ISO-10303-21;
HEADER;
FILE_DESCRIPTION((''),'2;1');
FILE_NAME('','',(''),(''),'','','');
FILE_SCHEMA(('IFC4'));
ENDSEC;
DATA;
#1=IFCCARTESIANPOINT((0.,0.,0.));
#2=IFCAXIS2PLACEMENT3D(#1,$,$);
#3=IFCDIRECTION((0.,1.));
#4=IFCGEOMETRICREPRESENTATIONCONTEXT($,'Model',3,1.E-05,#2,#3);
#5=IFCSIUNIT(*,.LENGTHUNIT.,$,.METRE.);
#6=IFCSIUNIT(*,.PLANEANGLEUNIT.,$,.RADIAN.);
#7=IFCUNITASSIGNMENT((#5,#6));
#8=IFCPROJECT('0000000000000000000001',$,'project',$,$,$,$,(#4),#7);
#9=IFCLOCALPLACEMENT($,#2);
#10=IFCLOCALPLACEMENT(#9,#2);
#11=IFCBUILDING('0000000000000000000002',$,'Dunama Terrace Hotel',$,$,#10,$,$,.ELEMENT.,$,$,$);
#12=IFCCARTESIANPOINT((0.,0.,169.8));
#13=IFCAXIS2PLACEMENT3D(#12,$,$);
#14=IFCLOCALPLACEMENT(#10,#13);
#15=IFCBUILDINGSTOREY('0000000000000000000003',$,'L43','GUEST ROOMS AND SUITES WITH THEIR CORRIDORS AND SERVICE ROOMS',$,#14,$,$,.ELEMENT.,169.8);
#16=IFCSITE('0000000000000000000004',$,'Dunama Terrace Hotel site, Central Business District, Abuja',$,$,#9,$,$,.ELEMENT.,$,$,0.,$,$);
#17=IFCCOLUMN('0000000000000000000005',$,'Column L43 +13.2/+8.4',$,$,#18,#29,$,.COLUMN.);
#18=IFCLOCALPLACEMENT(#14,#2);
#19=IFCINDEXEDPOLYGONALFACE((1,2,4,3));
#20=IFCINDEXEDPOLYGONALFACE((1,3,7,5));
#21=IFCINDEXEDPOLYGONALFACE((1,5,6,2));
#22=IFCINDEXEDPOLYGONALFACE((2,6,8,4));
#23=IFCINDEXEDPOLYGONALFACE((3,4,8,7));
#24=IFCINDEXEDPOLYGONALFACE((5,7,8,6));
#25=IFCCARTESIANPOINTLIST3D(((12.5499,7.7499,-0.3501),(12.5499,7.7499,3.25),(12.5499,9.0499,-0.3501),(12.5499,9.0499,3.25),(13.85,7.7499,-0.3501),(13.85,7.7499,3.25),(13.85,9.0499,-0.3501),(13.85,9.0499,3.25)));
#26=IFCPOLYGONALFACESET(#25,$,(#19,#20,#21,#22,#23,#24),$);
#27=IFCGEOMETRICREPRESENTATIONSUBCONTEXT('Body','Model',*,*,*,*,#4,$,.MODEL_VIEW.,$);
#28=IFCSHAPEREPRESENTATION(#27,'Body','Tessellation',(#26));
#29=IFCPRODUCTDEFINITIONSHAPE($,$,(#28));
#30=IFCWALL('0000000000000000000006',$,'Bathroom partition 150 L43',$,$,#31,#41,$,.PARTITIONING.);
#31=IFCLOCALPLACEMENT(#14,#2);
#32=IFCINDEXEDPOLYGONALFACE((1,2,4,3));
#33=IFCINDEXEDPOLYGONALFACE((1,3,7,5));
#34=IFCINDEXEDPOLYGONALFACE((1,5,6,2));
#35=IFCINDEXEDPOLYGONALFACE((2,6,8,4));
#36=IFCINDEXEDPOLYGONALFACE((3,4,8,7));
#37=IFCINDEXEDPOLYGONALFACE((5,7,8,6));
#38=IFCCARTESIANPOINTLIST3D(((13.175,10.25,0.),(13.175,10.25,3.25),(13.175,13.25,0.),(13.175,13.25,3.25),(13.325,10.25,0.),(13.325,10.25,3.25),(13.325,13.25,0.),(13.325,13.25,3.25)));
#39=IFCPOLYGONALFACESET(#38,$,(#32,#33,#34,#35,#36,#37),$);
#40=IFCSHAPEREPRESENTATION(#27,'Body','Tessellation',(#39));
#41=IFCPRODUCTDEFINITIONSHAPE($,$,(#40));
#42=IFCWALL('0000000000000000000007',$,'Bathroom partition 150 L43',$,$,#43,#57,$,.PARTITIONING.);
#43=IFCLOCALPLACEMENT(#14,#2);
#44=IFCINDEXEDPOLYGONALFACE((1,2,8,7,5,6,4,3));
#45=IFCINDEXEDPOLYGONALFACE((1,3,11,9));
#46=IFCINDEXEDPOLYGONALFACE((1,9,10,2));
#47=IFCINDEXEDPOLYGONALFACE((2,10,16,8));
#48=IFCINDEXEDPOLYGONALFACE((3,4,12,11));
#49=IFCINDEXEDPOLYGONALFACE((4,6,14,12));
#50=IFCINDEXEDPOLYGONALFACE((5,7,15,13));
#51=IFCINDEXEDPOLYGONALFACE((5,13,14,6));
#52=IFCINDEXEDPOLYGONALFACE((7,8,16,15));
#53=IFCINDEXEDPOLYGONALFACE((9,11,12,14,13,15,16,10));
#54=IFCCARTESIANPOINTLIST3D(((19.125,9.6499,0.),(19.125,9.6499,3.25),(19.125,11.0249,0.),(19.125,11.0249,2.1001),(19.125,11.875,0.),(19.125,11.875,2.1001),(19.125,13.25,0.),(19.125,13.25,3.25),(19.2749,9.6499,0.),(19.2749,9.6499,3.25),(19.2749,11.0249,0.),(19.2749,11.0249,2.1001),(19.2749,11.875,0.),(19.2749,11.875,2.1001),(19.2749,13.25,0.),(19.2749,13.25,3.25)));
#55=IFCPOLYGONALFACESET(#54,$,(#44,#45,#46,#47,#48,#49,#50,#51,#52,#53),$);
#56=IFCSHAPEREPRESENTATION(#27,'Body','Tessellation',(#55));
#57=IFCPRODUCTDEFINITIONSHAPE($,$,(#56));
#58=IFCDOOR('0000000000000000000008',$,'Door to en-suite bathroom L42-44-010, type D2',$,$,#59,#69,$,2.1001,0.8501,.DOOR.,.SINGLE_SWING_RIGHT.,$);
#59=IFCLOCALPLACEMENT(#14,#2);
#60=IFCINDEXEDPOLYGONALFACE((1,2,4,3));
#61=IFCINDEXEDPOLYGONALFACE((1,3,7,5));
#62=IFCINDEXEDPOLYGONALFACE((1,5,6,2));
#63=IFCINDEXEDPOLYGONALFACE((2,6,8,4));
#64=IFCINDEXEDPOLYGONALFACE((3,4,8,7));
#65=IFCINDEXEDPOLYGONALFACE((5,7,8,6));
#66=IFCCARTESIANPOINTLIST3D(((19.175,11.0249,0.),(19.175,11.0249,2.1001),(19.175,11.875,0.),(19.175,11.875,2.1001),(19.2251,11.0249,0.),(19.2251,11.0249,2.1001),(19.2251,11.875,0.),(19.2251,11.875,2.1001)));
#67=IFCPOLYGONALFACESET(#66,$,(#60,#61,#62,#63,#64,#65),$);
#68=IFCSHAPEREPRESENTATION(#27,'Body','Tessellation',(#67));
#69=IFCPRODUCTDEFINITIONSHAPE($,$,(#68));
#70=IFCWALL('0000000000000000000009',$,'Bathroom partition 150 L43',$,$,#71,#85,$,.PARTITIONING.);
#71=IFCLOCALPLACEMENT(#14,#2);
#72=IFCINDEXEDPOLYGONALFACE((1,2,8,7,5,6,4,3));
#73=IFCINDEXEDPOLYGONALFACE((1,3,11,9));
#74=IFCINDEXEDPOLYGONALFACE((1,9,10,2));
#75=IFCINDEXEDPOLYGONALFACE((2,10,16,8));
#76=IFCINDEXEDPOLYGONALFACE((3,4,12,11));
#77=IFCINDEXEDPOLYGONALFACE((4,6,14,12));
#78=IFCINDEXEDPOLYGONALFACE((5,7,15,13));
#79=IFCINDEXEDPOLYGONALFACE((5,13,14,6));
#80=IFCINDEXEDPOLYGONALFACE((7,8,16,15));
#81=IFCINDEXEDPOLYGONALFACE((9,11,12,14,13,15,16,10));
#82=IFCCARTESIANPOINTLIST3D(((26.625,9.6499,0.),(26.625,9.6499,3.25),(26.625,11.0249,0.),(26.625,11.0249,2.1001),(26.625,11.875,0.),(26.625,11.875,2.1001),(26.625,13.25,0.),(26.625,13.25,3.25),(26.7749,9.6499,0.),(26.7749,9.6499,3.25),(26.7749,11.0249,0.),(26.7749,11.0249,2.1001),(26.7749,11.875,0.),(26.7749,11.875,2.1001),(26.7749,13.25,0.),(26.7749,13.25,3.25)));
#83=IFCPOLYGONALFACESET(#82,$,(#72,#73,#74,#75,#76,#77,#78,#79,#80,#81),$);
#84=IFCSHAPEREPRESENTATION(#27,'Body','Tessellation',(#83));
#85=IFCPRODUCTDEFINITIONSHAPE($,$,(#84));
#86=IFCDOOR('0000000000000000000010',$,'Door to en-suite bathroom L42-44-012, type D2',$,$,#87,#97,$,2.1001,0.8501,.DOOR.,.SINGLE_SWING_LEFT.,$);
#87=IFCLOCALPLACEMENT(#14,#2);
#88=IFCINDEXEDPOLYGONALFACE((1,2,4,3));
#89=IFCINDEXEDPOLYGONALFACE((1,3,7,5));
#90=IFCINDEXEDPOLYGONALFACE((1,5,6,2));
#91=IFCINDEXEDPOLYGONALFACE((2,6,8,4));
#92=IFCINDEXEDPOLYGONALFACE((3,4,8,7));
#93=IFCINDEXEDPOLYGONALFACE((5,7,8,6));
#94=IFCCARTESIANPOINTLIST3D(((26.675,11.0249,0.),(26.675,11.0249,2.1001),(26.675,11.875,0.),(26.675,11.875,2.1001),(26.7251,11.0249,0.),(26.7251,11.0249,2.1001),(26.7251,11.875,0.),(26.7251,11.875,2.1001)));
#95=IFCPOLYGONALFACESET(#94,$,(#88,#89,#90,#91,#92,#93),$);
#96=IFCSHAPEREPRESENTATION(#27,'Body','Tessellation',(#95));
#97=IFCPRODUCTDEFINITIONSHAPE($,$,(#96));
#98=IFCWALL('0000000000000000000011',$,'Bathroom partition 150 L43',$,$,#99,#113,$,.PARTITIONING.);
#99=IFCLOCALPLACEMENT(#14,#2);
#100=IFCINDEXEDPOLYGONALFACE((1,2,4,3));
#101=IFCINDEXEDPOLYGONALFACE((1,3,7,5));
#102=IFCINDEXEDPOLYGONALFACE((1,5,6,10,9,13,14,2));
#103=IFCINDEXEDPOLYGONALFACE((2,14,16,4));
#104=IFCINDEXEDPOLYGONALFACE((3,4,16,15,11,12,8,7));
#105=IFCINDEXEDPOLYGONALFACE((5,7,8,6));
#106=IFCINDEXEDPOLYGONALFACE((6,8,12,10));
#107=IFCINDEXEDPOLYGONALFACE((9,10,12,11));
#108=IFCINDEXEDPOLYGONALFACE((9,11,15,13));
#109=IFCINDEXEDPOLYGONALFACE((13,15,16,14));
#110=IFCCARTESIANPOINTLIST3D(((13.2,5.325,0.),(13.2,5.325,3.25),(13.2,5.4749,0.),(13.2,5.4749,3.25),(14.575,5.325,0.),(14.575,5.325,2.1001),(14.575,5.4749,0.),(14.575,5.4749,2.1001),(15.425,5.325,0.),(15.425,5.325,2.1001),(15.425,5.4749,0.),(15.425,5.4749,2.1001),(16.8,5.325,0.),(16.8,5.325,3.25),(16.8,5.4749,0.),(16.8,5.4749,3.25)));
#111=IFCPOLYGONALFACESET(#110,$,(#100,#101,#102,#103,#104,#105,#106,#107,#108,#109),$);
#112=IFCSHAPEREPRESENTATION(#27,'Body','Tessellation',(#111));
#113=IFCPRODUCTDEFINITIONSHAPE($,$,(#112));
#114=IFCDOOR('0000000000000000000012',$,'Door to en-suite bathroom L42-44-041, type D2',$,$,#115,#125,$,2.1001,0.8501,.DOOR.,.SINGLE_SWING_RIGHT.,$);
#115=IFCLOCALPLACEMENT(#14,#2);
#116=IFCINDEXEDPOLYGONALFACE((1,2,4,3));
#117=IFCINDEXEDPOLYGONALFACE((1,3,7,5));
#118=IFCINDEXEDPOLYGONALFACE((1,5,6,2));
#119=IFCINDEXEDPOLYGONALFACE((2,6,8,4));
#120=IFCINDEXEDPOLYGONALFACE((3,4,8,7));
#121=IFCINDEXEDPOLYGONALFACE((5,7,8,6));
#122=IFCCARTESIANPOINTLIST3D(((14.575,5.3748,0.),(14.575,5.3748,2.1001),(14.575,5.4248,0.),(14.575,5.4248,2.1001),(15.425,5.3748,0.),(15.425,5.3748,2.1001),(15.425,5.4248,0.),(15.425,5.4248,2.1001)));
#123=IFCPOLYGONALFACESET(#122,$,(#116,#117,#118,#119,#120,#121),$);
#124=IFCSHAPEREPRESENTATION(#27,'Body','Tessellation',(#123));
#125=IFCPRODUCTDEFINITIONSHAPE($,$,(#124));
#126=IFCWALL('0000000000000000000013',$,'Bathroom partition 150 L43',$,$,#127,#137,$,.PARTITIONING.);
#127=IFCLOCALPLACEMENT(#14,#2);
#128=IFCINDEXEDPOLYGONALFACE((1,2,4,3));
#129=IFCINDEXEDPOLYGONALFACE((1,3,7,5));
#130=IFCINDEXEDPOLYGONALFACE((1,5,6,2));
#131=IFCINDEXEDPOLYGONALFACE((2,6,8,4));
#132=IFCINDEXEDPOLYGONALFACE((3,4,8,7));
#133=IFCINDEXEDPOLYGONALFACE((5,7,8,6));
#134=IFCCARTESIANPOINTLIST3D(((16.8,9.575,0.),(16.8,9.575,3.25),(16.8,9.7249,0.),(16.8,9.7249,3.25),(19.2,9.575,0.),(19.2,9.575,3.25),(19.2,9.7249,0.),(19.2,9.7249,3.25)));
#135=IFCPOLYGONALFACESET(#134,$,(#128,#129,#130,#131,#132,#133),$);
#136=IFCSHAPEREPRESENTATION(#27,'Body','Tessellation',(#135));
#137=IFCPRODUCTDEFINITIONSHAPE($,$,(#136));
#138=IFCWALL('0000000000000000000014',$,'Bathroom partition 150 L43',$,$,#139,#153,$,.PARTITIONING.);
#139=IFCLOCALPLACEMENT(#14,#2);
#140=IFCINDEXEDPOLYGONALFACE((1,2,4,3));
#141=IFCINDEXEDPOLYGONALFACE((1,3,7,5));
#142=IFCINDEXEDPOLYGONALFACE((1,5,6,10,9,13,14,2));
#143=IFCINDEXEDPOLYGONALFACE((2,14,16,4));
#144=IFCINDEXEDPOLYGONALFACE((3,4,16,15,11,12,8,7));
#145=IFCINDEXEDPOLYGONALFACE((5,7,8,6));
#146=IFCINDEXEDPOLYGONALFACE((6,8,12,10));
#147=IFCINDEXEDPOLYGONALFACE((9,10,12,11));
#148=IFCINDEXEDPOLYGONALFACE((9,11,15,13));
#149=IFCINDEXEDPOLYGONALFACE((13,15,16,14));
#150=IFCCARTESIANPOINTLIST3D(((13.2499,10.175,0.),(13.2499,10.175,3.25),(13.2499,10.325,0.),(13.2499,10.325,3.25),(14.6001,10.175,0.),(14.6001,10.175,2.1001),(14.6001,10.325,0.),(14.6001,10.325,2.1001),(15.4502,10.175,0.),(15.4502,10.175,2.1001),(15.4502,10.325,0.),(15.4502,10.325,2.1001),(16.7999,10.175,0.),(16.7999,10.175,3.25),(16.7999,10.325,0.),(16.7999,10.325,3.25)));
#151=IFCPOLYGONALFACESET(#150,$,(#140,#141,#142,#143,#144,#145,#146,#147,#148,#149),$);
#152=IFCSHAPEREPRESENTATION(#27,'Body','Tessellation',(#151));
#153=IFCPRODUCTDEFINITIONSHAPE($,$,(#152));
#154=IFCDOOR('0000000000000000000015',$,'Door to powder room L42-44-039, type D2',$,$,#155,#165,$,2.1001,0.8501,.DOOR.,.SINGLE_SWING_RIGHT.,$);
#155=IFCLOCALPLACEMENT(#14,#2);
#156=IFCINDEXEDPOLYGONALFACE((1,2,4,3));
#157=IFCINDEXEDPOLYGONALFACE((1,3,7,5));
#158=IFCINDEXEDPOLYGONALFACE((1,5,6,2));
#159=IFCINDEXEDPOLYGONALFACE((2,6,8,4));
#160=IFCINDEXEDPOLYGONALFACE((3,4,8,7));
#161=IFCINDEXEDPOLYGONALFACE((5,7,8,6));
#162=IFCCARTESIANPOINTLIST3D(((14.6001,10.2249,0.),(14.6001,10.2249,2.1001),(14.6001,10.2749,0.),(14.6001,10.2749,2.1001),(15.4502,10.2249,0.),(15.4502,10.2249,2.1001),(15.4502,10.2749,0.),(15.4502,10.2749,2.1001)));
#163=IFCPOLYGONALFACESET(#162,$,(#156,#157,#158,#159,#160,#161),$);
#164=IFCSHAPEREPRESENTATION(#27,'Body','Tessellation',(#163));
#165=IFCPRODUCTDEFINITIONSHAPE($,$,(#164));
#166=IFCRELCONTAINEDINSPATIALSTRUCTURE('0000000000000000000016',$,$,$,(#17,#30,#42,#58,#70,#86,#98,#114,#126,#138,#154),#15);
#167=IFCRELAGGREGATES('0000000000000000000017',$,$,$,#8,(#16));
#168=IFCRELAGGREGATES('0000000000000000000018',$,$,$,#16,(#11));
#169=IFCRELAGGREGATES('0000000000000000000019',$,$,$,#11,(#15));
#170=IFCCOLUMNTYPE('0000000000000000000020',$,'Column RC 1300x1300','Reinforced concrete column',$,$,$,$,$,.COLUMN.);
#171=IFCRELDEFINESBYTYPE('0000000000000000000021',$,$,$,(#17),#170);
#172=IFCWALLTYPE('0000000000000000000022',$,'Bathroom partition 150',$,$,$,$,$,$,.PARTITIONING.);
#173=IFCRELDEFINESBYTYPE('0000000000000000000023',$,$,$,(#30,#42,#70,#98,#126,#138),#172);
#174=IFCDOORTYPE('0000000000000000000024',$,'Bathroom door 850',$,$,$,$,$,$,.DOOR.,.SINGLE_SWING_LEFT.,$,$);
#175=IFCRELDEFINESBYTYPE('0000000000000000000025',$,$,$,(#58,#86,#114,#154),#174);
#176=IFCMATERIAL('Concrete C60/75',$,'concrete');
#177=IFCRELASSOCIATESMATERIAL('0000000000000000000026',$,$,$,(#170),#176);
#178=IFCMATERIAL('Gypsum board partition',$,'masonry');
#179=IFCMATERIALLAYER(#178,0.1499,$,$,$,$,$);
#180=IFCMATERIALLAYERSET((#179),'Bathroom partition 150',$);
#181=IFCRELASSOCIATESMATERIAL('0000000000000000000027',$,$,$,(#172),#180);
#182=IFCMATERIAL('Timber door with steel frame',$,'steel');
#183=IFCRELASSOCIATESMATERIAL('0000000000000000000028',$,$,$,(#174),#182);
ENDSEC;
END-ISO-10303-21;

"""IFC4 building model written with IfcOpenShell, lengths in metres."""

from ifc_helpers import new_model, si_unit, direction, frame, frame_2d, origin, origin_2d, place, context, subcontext, project, spatial, rectangle, extrude, material, layer, layer_set, material_profile, profile_set, type_object, element, fill, save


model = new_model("IFC4")

# Units and contexts
model_context = context("Model", 3, precision=1e-05, world=origin(), true_north=direction((0.0, 1.0)))
body_context = subcontext(model_context, "Body", "Model", "MODEL_VIEW")
ifc_project = project(units=[si_unit("LENGTHUNIT", "METRE"), si_unit("PLANEANGLEUNIT", "RADIAN")], contexts=[model_context])

# Site, building, storey
site_placement = place(None, origin())
site = spatial("IfcSite", under=ifc_project, at=site_placement, Name="Dunama Terrace Hotel site, Central Business District, Abuja", CompositionType="ELEMENT", RefElevation=0.0)
building_placement = place(site_placement, origin())
building = spatial("IfcBuilding", under=site, at=building_placement, Name="Dunama Terrace Hotel", CompositionType="ELEMENT")
storey_placement = place(building_placement, frame((0.0, 0.0, 169.8)))
storey = spatial("IfcBuildingStorey", under=building, at=storey_placement, Name="L43", Description="GUEST ROOMS AND SUITES WITH THEIR CORRIDORS AND SERVICE ROOMS", CompositionType="ELEMENT", Elevation=169.8)

# Column
ifc_material_1 = material(Name="Concrete C60/75", Category="concrete")
ifc_material_profile = material_profile(ifc_material_1, rectangle(XDim=1.3, YDim=1.3, at=origin_2d()), Name="RC 1300x1300")
ifc_profile_set = profile_set([ifc_material_profile], Name="Concrete C60/75")
column_type = type_object("IfcColumnType", Name="Column RC 1300x1300", Description="Reinforced concrete column", PredefinedType="COLUMN", material=ifc_profile_set)
column_placement = place(storey_placement, frame((13.2, 8.3999, -0.3501), z_axis=(0.0, 0.0, 1.0), x_axis=(1.0, 0.0, 0.0)))
element("IfcColumn", 1, at=column_placement, inside=storey, type_object=column_type, Name="Column L43 +13.2/+8.4", PredefinedType="COLUMN", context=body_context, shape_type="SweptSolid", body=[
    extrude(rectangle(XDim=1.3, YDim=1.3, at=origin_2d()), origin(), (0.0, 0.0, 1.0), 3.6001),
])

# Wall
ifc_material_2 = material(Name="Gypsum board partition", Category="masonry")
ifc_layer_1 = layer(ifc_material_2, 0.1499)
ifc_layer_set_1 = layer_set([ifc_layer_1], Name="Bathroom partition 150")
wall_type_1 = type_object("IfcWallType", Name="Bathroom partition 150", PredefinedType="PARTITIONING", material=ifc_layer_set_1)
wall_1_placement = place(storey_placement, frame((13.25, 10.25, 0.0), z_axis=(0.0, 0.0, 1.0), x_axis=(0.0, 1.0, 0.0)))
element("IfcWall", 2, at=wall_1_placement, inside=storey, type_object=wall_type_1, Name="Bathroom partition 150 L43", PredefinedType="PARTITIONING", context=body_context, shape_type="SweptSolid", body=[
    extrude(rectangle(XDim=3.0, YDim=0.1499, at=frame_2d((1.5, 0.0))), origin(), (0.0, 0.0, 1.0), 3.25),
])

# Walls, openings, doors
wall_2_placement = place(storey_placement, frame((19.2, 9.6499, 0.0), z_axis=(0.0, 0.0, 1.0), x_axis=(0.0, 1.0, 0.0)))
wall_2 = element("IfcWall", 3, at=wall_2_placement, inside=storey, type_object=wall_type_1, Name="Bathroom partition 150 L43", PredefinedType="PARTITIONING", context=body_context, shape_type="SweptSolid", body=[
    extrude(rectangle(XDim=3.6001, YDim=0.1499, at=frame_2d((1.8, 0.0))), origin(), (0.0, 0.0, 1.0), 3.25),
])
opening_1_placement = place(wall_2_placement, frame((1.375, 0.0, 0.0)))
opening_1 = element("IfcOpeningElement", 4, at=opening_1_placement, cuts=wall_2, PredefinedType="OPENING", context=body_context, shape_type="SweptSolid", body=[
    extrude(rectangle(XDim=0.8501, YDim=2.1001, at=frame_2d((0.425, 1.05))), frame((0.0, 0.085, 0.0), z_axis=(0.0, -1.0, 0.0), x_axis=(1.0, 0.0, 0.0)), (0.0, 0.0, 1.0), 0.1699),
])
ifc_material_3 = material(Name="Timber door with steel frame", Category="steel")
door_type_1 = type_object("IfcDoorType", Name="Bathroom door 850", OperationType="SINGLE_SWING_LEFT", PredefinedType="DOOR", material=ifc_material_3)
door_1_placement = place(opening_1_placement, origin())
door_1 = element("IfcDoor", 5, at=door_1_placement, inside=storey, type_object=door_type_1, Name="Door to en-suite bathroom L42-44-010, type D2", OperationType="SINGLE_SWING_RIGHT", OverallHeight=2.1001, OverallWidth=0.8501, PredefinedType="DOOR", context=body_context, shape_type="SweptSolid", body=[
    extrude(rectangle(XDim=0.8501, YDim=2.1001, at=frame_2d((0.425, 1.05))), frame((0.0, 0.0249, 0.0), z_axis=(0.0, -1.0, 0.0), x_axis=(1.0, 0.0, 0.0)), (0.0, 0.0, 1.0), 0.05),
])
fill(opening_1, door_1)
wall_3_placement = place(storey_placement, frame((26.7, 9.6499, 0.0), z_axis=(0.0, 0.0, 1.0), x_axis=(0.0, 1.0, 0.0)))
wall_3 = element("IfcWall", 6, at=wall_3_placement, inside=storey, type_object=wall_type_1, Name="Bathroom partition 150 L43", PredefinedType="PARTITIONING", context=body_context, shape_type="SweptSolid", body=[
    extrude(rectangle(XDim=3.6001, YDim=0.1499, at=frame_2d((1.8, 0.0))), origin(), (0.0, 0.0, 1.0), 3.25),
])
opening_2_placement = place(wall_3_placement, frame((1.375, 0.0, 0.0)))
opening_2 = element("IfcOpeningElement", 7, at=opening_2_placement, cuts=wall_3, PredefinedType="OPENING", context=body_context, shape_type="SweptSolid", body=[
    extrude(rectangle(XDim=0.8501, YDim=2.1001, at=frame_2d((0.425, 1.05))), frame((0.0, 0.085, 0.0), z_axis=(0.0, -1.0, 0.0), x_axis=(1.0, 0.0, 0.0)), (0.0, 0.0, 1.0), 0.1699),
])
door_2_placement = place(opening_2_placement, frame((0.8501, 0.0, 0.0), z_axis=(0.0, 0.0, 1.0), x_axis=(-1.0, 0.0, 0.0)))
door_2 = element("IfcDoor", 8, at=door_2_placement, inside=storey, type_object=door_type_1, Name="Door to en-suite bathroom L42-44-012, type D2", OperationType="SINGLE_SWING_LEFT", OverallHeight=2.1001, OverallWidth=0.8501, PredefinedType="DOOR", context=body_context, shape_type="SweptSolid", body=[
    extrude(rectangle(XDim=0.8501, YDim=2.1001, at=frame_2d((0.425, 1.05))), frame((0.0, 0.0251, 0.0), z_axis=(0.0, -1.0, 0.0), x_axis=(1.0, 0.0, 0.0)), (0.0, 0.0, 1.0), 0.05),
])
fill(opening_2, door_2)
wall_4_placement = place(storey_placement, frame((13.2, 5.3999, 0.0), z_axis=(0.0, 0.0, 1.0), x_axis=(1.0, 0.0, 0.0)))
wall_4 = element("IfcWall", 9, at=wall_4_placement, inside=storey, type_object=wall_type_1, Name="Bathroom partition 150 L43", PredefinedType="PARTITIONING", context=body_context, shape_type="SweptSolid", body=[
    extrude(rectangle(XDim=3.6001, YDim=0.1499, at=frame_2d((1.8, 0.0))), origin(), (0.0, 0.0, 1.0), 3.25),
])
opening_3_placement = place(wall_4_placement, frame((1.375, 0.0, 0.0)))
opening_3 = element("IfcOpeningElement", 10, at=opening_3_placement, cuts=wall_4, PredefinedType="OPENING", context=body_context, shape_type="SweptSolid", body=[
    extrude(rectangle(XDim=0.8501, YDim=2.1001, at=frame_2d((0.425, 1.05))), frame((0.0, 0.085, 0.0), z_axis=(0.0, -1.0, 0.0), x_axis=(1.0, 0.0, 0.0)), (0.0, 0.0, 1.0), 0.1699),
])
door_3_placement = place(opening_3_placement, origin())
door_3 = element("IfcDoor", 11, at=door_3_placement, inside=storey, type_object=door_type_1, Name="Door to en-suite bathroom L42-44-041, type D2", OperationType="SINGLE_SWING_RIGHT", OverallHeight=2.1001, OverallWidth=0.8501, PredefinedType="DOOR", context=body_context, shape_type="SweptSolid", body=[
    extrude(rectangle(XDim=0.8501, YDim=2.1001, at=frame_2d((0.425, 1.05))), frame((0.0, 0.0249, 0.0), z_axis=(0.0, -1.0, 0.0), x_axis=(1.0, 0.0, 0.0)), (0.0, 0.0, 1.0), 0.05),
])
fill(opening_3, door_3)

# Wall
wall_5_placement = place(storey_placement, frame((16.8, 9.6499, 0.0), z_axis=(0.0, 0.0, 1.0), x_axis=(1.0, 0.0, 0.0)))
element("IfcWall", 12, at=wall_5_placement, inside=storey, type_object=wall_type_1, Name="Bathroom partition 150 L43", PredefinedType="PARTITIONING", context=body_context, shape_type="SweptSolid", body=[
    extrude(rectangle(XDim=2.3999, YDim=0.1499, at=frame_2d((1.2, 0.0))), origin(), (0.0, 0.0, 1.0), 3.25),
])

# Wall, opening, door
wall_6_placement = place(storey_placement, frame((13.25, 10.25, 0.0), z_axis=(0.0, 0.0, 1.0), x_axis=(1.0, 0.0, 0.0)))
wall_6 = element("IfcWall", 13, at=wall_6_placement, inside=storey, type_object=wall_type_1, Name="Bathroom partition 150 L43", PredefinedType="PARTITIONING", context=body_context, shape_type="SweptSolid", body=[
    extrude(rectangle(XDim=3.55, YDim=0.1499, at=frame_2d((1.7749, 0.0))), origin(), (0.0, 0.0, 1.0), 3.25),
])
opening_4_placement = place(wall_6_placement, frame((1.3501, 0.0, 0.0)))
opening_4 = element("IfcOpeningElement", 14, at=opening_4_placement, cuts=wall_6, PredefinedType="OPENING", context=body_context, shape_type="SweptSolid", body=[
    extrude(rectangle(XDim=0.8501, YDim=2.1001, at=frame_2d((0.425, 1.05))), frame((0.0, 0.085, 0.0), z_axis=(0.0, -1.0, 0.0), x_axis=(1.0, 0.0, 0.0)), (0.0, 0.0, 1.0), 0.1699),
])
door_4_placement = place(opening_4_placement, origin())
door_4 = element("IfcDoor", 15, at=door_4_placement, inside=storey, type_object=door_type_1, Name="Door to powder room L42-44-039, type D2", OperationType="SINGLE_SWING_RIGHT", OverallHeight=2.1001, OverallWidth=0.8501, PredefinedType="DOOR", context=body_context, shape_type="SweptSolid", body=[
    extrude(rectangle(XDim=0.8501, YDim=2.1001, at=frame_2d((0.425, 1.05))), frame((0.0, 0.0249, 0.0), z_axis=(0.0, -1.0, 0.0), x_axis=(1.0, 0.0, 0.0)), (0.0, 0.0, 1.0), 0.05),
])
fill(opening_4, door_4)

save(model, "model.ifc")
